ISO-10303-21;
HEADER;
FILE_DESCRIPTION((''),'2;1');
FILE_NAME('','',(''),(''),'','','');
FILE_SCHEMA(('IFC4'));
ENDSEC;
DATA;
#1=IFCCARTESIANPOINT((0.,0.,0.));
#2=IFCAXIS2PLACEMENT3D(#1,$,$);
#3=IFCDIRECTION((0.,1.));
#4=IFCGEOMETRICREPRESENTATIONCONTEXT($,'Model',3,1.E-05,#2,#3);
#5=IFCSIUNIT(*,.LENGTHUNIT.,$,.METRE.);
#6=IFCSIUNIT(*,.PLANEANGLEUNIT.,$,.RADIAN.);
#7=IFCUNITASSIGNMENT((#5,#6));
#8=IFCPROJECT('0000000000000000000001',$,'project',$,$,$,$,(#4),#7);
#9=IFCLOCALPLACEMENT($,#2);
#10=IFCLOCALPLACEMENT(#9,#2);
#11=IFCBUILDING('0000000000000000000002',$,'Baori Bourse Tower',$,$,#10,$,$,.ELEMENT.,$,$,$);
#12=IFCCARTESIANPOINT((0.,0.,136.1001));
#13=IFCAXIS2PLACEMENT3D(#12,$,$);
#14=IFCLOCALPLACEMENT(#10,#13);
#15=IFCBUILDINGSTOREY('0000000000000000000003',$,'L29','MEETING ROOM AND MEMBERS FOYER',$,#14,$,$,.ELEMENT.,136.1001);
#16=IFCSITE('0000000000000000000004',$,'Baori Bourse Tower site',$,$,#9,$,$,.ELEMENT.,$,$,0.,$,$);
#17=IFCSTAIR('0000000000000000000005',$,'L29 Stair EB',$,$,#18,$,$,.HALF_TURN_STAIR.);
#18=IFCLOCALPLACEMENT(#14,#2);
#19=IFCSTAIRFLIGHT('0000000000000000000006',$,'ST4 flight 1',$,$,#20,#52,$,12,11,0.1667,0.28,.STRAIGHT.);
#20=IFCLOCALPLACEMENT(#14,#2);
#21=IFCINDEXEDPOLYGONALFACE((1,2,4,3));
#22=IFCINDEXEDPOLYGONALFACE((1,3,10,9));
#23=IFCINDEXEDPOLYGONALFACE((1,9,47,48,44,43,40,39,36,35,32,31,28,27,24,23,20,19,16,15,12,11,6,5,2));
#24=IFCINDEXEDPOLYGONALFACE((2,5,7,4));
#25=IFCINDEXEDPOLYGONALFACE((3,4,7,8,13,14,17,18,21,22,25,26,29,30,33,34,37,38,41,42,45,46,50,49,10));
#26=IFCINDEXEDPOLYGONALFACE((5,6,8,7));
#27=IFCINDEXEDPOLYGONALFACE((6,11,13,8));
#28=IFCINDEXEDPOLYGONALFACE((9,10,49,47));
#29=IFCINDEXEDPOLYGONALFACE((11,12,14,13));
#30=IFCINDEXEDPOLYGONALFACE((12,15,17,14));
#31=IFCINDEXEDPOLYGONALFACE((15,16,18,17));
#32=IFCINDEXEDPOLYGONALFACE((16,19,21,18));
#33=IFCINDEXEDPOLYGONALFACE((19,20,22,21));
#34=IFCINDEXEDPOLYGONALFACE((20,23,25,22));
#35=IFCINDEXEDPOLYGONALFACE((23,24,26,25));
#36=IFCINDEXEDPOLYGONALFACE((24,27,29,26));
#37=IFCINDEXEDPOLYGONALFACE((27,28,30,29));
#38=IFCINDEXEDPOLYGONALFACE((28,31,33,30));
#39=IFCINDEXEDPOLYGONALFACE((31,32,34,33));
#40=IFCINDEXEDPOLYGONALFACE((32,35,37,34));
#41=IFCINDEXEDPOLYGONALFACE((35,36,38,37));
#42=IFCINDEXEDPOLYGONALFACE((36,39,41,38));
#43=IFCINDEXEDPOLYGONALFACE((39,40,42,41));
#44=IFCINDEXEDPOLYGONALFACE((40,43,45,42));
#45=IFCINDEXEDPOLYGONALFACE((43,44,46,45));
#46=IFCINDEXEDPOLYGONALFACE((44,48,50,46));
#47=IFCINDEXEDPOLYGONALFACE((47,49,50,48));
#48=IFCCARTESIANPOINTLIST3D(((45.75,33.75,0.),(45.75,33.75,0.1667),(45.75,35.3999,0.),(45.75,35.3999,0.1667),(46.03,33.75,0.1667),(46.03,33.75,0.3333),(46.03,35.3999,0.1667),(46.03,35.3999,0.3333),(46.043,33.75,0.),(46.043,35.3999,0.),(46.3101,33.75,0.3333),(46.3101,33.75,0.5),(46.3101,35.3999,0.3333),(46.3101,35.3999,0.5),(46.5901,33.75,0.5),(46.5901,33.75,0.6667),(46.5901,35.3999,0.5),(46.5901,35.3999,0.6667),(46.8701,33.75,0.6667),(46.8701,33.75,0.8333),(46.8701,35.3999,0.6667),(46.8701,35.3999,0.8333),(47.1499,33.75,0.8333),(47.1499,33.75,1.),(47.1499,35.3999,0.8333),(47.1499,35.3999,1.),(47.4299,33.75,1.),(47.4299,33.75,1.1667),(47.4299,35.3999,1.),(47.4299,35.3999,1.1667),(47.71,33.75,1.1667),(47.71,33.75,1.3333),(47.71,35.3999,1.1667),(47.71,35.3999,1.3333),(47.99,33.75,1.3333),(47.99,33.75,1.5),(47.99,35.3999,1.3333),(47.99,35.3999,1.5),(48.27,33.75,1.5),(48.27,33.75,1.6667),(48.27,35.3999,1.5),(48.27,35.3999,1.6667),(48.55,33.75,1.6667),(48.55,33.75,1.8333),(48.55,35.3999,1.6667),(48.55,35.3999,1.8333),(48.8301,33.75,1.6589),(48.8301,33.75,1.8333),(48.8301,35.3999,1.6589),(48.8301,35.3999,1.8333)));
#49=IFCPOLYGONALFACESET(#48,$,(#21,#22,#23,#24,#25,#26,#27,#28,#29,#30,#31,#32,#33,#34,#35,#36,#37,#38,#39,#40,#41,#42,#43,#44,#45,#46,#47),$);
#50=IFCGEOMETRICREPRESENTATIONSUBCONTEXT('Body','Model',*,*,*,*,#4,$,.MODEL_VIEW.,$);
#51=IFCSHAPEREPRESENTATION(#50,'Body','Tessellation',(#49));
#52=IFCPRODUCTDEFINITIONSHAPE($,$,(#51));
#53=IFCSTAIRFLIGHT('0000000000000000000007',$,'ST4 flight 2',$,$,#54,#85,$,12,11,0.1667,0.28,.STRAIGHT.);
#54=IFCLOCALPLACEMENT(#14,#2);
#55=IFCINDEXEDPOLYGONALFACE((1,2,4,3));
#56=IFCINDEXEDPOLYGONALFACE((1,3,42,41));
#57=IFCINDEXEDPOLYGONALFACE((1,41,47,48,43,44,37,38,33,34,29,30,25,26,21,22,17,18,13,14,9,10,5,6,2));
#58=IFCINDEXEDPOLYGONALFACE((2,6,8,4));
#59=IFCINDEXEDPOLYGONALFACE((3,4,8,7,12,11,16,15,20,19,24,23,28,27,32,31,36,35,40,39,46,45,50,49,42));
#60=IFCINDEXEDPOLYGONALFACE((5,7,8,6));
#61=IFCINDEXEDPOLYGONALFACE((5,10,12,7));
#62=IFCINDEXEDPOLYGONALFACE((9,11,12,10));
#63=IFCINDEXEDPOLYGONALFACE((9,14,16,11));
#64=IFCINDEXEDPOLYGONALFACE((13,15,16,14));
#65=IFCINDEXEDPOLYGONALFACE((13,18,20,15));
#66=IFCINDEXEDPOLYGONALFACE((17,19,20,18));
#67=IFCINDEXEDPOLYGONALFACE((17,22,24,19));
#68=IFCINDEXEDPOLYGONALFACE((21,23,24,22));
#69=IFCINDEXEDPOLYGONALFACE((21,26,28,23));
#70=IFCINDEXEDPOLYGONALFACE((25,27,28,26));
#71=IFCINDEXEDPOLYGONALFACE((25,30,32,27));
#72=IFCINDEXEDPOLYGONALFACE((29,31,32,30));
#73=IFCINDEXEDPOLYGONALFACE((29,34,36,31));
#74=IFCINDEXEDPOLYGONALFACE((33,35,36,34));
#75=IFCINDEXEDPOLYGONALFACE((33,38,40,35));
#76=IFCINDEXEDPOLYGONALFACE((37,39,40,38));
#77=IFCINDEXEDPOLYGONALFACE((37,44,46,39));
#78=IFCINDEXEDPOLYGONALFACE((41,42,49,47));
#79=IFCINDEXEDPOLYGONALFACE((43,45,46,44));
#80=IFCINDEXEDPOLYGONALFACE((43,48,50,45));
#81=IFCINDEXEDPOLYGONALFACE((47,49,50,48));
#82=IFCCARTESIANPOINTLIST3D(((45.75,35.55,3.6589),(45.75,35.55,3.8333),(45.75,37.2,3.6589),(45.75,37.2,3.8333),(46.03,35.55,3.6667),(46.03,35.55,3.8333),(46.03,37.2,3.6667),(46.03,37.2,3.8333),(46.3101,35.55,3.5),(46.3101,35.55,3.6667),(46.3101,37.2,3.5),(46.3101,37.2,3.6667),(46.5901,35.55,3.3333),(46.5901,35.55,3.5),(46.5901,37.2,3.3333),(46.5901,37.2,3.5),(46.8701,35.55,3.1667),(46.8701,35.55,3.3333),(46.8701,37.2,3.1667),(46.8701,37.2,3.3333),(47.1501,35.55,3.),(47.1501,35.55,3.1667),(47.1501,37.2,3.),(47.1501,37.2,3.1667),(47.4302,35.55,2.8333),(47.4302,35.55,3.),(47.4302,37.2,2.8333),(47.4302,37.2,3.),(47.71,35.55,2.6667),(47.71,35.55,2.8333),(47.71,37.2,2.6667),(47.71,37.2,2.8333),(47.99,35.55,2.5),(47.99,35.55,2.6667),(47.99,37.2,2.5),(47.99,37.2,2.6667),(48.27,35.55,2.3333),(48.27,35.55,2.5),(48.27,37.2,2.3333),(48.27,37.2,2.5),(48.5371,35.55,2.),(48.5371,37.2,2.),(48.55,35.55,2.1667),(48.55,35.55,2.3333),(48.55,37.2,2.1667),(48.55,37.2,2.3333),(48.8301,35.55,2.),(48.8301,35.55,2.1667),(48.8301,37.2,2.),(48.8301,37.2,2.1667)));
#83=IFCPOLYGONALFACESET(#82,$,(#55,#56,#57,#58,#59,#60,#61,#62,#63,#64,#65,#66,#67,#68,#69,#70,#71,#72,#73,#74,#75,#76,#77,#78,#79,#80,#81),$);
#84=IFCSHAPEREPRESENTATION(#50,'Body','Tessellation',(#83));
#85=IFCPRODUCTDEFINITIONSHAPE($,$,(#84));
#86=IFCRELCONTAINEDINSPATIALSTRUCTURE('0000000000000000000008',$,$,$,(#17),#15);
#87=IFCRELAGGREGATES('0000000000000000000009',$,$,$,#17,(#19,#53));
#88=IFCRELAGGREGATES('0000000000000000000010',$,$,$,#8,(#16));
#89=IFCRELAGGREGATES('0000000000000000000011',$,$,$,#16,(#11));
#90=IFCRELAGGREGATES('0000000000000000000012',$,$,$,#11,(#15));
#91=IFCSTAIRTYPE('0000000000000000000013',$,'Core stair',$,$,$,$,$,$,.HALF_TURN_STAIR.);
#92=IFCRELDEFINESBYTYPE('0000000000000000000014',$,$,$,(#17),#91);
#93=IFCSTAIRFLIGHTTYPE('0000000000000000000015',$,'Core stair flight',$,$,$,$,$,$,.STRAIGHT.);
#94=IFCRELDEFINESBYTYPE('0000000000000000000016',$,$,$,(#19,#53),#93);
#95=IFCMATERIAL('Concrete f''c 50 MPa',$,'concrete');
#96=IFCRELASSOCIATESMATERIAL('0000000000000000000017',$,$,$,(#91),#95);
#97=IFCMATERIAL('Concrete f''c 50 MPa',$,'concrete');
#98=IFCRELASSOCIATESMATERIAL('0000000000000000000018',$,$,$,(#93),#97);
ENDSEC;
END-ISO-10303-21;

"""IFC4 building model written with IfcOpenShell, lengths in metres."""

from ifc_helpers import new_model, si_unit, direction, frame, origin, place, context, subcontext, project, spatial, polyline, outline, extrude, material, type_object, element, aggregate, save


model = new_model("IFC4")

# Units and contexts
model_context = context("Model", 3, precision=1e-05, world=origin(), true_north=direction((0.0, 1.0)))
body_context = subcontext(model_context, "Body", "Model", "MODEL_VIEW")
ifc_project = project(units=[si_unit("LENGTHUNIT", "METRE"), si_unit("PLANEANGLEUNIT", "RADIAN")], contexts=[model_context])

# Site, building, storey
site_placement = place(None, origin())
site = spatial("IfcSite", under=ifc_project, at=site_placement, Name="Baori Bourse Tower site", CompositionType="ELEMENT", RefElevation=0.0)
building_placement = place(site_placement, origin())
building = spatial("IfcBuilding", under=site, at=building_placement, Name="Baori Bourse Tower", CompositionType="ELEMENT")
storey_placement = place(building_placement, frame((0.0, 0.0, 136.1001)))
storey = spatial("IfcBuildingStorey", under=building, at=storey_placement, Name="L29", Description="MEETING ROOM AND MEMBERS FOYER", CompositionType="ELEMENT", Elevation=136.1001)

# Stair, stair flights
ifc_material_1 = material(Name="Concrete f'c 50 MPa", Category="concrete")
stair_type = type_object("IfcStairType", Name="Core stair", PredefinedType="HALF_TURN_STAIR", material=ifc_material_1)
stair_placement = place(storey_placement, origin())
stair = element("IfcStair", 1, at=stair_placement, inside=storey, type_object=stair_type, Name="L29 Stair EB", PredefinedType="HALF_TURN_STAIR")
ifc_material_2 = material(Name="Concrete f'c 50 MPa", Category="concrete")
stair_flight_type = type_object("IfcStairFlightType", Name="Core stair flight", PredefinedType="STRAIGHT", material=ifc_material_2)
stair_flight_1_placement = place(storey_placement, frame((45.75, 34.575, 0.0), z_axis=(0.0, 0.0, 1.0), x_axis=(1.0, 0.0, 0.0)))
stair_flight_1 = element("IfcStairFlight", 2, at=stair_flight_1_placement, type_object=stair_flight_type, Name="ST4 flight 1", NumberOfRisers=12, NumberOfTreads=11, PredefinedType="STRAIGHT", RiserHeight=0.1667, TreadLength=0.28, context=body_context, shape_type="SweptSolid", body=[
    extrude(outline(polyline([(0.0, 0.0), (0.0, 0.1667), (0.28, 0.1667), (0.28, 0.3333), (0.5601, 0.3333), (0.5601, 0.5), (0.8401, 0.5), (0.8401, 0.6667), (1.1201, 0.6667), (1.1201, 0.8333), (1.3999, 0.8333), (1.3999, 1.0), (1.6799, 1.0), (1.6799, 1.1667), (1.96, 1.1667), (1.96, 1.3333), (2.24, 1.3333), (2.24, 1.5), (2.52, 1.5), (2.52, 1.6667), (2.8, 1.6667), (2.8, 1.8333), (3.0801, 1.8333), (3.0801, 2.0), (3.0801, 1.6589), (0.293, 0.0), (0.0, 0.0)])), frame((0.0, 0.825, 0.0), z_axis=(0.0, -1.0, 0.0), x_axis=(1.0, 0.0, 0.0)), (0.0, 0.0, 1.0), 1.6499),
])
stair_flight_2_placement = place(storey_placement, frame((48.8301, 36.375, 2.0), z_axis=(0.0, 0.0, 1.0), x_axis=(-1.0, 0.0, 0.0)))
stair_flight_2 = element("IfcStairFlight", 3, at=stair_flight_2_placement, type_object=stair_flight_type, Name="ST4 flight 2", NumberOfRisers=12, NumberOfTreads=11, PredefinedType="STRAIGHT", RiserHeight=0.1667, TreadLength=0.28, context=body_context, shape_type="SweptSolid", body=[
    extrude(outline(polyline([(0.0, 0.0), (0.0, 0.1667), (0.28, 0.1667), (0.28, 0.3333), (0.5601, 0.3333), (0.5601, 0.5), (0.8401, 0.5), (0.8401, 0.6667), (1.1201, 0.6667), (1.1201, 0.8333), (1.3999, 0.8333), (1.3999, 1.0), (1.6799, 1.0), (1.6799, 1.1667), (1.96, 1.1667), (1.96, 1.3333), (2.24, 1.3333), (2.24, 1.5), (2.52, 1.5), (2.52, 1.6667), (2.8, 1.6667), (2.8, 1.8333), (3.0801, 1.8333), (3.0801, 2.0), (3.0801, 1.6589), (0.293, 0.0), (0.0, 0.0)])), frame((0.0, 0.825, 0.0), z_axis=(0.0, -1.0, 0.0), x_axis=(1.0, 0.0, 0.0)), (0.0, 0.0, 1.0), 1.6499),
])
aggregate(stair, [stair_flight_1, stair_flight_2])

save(model, "model.ifc")
